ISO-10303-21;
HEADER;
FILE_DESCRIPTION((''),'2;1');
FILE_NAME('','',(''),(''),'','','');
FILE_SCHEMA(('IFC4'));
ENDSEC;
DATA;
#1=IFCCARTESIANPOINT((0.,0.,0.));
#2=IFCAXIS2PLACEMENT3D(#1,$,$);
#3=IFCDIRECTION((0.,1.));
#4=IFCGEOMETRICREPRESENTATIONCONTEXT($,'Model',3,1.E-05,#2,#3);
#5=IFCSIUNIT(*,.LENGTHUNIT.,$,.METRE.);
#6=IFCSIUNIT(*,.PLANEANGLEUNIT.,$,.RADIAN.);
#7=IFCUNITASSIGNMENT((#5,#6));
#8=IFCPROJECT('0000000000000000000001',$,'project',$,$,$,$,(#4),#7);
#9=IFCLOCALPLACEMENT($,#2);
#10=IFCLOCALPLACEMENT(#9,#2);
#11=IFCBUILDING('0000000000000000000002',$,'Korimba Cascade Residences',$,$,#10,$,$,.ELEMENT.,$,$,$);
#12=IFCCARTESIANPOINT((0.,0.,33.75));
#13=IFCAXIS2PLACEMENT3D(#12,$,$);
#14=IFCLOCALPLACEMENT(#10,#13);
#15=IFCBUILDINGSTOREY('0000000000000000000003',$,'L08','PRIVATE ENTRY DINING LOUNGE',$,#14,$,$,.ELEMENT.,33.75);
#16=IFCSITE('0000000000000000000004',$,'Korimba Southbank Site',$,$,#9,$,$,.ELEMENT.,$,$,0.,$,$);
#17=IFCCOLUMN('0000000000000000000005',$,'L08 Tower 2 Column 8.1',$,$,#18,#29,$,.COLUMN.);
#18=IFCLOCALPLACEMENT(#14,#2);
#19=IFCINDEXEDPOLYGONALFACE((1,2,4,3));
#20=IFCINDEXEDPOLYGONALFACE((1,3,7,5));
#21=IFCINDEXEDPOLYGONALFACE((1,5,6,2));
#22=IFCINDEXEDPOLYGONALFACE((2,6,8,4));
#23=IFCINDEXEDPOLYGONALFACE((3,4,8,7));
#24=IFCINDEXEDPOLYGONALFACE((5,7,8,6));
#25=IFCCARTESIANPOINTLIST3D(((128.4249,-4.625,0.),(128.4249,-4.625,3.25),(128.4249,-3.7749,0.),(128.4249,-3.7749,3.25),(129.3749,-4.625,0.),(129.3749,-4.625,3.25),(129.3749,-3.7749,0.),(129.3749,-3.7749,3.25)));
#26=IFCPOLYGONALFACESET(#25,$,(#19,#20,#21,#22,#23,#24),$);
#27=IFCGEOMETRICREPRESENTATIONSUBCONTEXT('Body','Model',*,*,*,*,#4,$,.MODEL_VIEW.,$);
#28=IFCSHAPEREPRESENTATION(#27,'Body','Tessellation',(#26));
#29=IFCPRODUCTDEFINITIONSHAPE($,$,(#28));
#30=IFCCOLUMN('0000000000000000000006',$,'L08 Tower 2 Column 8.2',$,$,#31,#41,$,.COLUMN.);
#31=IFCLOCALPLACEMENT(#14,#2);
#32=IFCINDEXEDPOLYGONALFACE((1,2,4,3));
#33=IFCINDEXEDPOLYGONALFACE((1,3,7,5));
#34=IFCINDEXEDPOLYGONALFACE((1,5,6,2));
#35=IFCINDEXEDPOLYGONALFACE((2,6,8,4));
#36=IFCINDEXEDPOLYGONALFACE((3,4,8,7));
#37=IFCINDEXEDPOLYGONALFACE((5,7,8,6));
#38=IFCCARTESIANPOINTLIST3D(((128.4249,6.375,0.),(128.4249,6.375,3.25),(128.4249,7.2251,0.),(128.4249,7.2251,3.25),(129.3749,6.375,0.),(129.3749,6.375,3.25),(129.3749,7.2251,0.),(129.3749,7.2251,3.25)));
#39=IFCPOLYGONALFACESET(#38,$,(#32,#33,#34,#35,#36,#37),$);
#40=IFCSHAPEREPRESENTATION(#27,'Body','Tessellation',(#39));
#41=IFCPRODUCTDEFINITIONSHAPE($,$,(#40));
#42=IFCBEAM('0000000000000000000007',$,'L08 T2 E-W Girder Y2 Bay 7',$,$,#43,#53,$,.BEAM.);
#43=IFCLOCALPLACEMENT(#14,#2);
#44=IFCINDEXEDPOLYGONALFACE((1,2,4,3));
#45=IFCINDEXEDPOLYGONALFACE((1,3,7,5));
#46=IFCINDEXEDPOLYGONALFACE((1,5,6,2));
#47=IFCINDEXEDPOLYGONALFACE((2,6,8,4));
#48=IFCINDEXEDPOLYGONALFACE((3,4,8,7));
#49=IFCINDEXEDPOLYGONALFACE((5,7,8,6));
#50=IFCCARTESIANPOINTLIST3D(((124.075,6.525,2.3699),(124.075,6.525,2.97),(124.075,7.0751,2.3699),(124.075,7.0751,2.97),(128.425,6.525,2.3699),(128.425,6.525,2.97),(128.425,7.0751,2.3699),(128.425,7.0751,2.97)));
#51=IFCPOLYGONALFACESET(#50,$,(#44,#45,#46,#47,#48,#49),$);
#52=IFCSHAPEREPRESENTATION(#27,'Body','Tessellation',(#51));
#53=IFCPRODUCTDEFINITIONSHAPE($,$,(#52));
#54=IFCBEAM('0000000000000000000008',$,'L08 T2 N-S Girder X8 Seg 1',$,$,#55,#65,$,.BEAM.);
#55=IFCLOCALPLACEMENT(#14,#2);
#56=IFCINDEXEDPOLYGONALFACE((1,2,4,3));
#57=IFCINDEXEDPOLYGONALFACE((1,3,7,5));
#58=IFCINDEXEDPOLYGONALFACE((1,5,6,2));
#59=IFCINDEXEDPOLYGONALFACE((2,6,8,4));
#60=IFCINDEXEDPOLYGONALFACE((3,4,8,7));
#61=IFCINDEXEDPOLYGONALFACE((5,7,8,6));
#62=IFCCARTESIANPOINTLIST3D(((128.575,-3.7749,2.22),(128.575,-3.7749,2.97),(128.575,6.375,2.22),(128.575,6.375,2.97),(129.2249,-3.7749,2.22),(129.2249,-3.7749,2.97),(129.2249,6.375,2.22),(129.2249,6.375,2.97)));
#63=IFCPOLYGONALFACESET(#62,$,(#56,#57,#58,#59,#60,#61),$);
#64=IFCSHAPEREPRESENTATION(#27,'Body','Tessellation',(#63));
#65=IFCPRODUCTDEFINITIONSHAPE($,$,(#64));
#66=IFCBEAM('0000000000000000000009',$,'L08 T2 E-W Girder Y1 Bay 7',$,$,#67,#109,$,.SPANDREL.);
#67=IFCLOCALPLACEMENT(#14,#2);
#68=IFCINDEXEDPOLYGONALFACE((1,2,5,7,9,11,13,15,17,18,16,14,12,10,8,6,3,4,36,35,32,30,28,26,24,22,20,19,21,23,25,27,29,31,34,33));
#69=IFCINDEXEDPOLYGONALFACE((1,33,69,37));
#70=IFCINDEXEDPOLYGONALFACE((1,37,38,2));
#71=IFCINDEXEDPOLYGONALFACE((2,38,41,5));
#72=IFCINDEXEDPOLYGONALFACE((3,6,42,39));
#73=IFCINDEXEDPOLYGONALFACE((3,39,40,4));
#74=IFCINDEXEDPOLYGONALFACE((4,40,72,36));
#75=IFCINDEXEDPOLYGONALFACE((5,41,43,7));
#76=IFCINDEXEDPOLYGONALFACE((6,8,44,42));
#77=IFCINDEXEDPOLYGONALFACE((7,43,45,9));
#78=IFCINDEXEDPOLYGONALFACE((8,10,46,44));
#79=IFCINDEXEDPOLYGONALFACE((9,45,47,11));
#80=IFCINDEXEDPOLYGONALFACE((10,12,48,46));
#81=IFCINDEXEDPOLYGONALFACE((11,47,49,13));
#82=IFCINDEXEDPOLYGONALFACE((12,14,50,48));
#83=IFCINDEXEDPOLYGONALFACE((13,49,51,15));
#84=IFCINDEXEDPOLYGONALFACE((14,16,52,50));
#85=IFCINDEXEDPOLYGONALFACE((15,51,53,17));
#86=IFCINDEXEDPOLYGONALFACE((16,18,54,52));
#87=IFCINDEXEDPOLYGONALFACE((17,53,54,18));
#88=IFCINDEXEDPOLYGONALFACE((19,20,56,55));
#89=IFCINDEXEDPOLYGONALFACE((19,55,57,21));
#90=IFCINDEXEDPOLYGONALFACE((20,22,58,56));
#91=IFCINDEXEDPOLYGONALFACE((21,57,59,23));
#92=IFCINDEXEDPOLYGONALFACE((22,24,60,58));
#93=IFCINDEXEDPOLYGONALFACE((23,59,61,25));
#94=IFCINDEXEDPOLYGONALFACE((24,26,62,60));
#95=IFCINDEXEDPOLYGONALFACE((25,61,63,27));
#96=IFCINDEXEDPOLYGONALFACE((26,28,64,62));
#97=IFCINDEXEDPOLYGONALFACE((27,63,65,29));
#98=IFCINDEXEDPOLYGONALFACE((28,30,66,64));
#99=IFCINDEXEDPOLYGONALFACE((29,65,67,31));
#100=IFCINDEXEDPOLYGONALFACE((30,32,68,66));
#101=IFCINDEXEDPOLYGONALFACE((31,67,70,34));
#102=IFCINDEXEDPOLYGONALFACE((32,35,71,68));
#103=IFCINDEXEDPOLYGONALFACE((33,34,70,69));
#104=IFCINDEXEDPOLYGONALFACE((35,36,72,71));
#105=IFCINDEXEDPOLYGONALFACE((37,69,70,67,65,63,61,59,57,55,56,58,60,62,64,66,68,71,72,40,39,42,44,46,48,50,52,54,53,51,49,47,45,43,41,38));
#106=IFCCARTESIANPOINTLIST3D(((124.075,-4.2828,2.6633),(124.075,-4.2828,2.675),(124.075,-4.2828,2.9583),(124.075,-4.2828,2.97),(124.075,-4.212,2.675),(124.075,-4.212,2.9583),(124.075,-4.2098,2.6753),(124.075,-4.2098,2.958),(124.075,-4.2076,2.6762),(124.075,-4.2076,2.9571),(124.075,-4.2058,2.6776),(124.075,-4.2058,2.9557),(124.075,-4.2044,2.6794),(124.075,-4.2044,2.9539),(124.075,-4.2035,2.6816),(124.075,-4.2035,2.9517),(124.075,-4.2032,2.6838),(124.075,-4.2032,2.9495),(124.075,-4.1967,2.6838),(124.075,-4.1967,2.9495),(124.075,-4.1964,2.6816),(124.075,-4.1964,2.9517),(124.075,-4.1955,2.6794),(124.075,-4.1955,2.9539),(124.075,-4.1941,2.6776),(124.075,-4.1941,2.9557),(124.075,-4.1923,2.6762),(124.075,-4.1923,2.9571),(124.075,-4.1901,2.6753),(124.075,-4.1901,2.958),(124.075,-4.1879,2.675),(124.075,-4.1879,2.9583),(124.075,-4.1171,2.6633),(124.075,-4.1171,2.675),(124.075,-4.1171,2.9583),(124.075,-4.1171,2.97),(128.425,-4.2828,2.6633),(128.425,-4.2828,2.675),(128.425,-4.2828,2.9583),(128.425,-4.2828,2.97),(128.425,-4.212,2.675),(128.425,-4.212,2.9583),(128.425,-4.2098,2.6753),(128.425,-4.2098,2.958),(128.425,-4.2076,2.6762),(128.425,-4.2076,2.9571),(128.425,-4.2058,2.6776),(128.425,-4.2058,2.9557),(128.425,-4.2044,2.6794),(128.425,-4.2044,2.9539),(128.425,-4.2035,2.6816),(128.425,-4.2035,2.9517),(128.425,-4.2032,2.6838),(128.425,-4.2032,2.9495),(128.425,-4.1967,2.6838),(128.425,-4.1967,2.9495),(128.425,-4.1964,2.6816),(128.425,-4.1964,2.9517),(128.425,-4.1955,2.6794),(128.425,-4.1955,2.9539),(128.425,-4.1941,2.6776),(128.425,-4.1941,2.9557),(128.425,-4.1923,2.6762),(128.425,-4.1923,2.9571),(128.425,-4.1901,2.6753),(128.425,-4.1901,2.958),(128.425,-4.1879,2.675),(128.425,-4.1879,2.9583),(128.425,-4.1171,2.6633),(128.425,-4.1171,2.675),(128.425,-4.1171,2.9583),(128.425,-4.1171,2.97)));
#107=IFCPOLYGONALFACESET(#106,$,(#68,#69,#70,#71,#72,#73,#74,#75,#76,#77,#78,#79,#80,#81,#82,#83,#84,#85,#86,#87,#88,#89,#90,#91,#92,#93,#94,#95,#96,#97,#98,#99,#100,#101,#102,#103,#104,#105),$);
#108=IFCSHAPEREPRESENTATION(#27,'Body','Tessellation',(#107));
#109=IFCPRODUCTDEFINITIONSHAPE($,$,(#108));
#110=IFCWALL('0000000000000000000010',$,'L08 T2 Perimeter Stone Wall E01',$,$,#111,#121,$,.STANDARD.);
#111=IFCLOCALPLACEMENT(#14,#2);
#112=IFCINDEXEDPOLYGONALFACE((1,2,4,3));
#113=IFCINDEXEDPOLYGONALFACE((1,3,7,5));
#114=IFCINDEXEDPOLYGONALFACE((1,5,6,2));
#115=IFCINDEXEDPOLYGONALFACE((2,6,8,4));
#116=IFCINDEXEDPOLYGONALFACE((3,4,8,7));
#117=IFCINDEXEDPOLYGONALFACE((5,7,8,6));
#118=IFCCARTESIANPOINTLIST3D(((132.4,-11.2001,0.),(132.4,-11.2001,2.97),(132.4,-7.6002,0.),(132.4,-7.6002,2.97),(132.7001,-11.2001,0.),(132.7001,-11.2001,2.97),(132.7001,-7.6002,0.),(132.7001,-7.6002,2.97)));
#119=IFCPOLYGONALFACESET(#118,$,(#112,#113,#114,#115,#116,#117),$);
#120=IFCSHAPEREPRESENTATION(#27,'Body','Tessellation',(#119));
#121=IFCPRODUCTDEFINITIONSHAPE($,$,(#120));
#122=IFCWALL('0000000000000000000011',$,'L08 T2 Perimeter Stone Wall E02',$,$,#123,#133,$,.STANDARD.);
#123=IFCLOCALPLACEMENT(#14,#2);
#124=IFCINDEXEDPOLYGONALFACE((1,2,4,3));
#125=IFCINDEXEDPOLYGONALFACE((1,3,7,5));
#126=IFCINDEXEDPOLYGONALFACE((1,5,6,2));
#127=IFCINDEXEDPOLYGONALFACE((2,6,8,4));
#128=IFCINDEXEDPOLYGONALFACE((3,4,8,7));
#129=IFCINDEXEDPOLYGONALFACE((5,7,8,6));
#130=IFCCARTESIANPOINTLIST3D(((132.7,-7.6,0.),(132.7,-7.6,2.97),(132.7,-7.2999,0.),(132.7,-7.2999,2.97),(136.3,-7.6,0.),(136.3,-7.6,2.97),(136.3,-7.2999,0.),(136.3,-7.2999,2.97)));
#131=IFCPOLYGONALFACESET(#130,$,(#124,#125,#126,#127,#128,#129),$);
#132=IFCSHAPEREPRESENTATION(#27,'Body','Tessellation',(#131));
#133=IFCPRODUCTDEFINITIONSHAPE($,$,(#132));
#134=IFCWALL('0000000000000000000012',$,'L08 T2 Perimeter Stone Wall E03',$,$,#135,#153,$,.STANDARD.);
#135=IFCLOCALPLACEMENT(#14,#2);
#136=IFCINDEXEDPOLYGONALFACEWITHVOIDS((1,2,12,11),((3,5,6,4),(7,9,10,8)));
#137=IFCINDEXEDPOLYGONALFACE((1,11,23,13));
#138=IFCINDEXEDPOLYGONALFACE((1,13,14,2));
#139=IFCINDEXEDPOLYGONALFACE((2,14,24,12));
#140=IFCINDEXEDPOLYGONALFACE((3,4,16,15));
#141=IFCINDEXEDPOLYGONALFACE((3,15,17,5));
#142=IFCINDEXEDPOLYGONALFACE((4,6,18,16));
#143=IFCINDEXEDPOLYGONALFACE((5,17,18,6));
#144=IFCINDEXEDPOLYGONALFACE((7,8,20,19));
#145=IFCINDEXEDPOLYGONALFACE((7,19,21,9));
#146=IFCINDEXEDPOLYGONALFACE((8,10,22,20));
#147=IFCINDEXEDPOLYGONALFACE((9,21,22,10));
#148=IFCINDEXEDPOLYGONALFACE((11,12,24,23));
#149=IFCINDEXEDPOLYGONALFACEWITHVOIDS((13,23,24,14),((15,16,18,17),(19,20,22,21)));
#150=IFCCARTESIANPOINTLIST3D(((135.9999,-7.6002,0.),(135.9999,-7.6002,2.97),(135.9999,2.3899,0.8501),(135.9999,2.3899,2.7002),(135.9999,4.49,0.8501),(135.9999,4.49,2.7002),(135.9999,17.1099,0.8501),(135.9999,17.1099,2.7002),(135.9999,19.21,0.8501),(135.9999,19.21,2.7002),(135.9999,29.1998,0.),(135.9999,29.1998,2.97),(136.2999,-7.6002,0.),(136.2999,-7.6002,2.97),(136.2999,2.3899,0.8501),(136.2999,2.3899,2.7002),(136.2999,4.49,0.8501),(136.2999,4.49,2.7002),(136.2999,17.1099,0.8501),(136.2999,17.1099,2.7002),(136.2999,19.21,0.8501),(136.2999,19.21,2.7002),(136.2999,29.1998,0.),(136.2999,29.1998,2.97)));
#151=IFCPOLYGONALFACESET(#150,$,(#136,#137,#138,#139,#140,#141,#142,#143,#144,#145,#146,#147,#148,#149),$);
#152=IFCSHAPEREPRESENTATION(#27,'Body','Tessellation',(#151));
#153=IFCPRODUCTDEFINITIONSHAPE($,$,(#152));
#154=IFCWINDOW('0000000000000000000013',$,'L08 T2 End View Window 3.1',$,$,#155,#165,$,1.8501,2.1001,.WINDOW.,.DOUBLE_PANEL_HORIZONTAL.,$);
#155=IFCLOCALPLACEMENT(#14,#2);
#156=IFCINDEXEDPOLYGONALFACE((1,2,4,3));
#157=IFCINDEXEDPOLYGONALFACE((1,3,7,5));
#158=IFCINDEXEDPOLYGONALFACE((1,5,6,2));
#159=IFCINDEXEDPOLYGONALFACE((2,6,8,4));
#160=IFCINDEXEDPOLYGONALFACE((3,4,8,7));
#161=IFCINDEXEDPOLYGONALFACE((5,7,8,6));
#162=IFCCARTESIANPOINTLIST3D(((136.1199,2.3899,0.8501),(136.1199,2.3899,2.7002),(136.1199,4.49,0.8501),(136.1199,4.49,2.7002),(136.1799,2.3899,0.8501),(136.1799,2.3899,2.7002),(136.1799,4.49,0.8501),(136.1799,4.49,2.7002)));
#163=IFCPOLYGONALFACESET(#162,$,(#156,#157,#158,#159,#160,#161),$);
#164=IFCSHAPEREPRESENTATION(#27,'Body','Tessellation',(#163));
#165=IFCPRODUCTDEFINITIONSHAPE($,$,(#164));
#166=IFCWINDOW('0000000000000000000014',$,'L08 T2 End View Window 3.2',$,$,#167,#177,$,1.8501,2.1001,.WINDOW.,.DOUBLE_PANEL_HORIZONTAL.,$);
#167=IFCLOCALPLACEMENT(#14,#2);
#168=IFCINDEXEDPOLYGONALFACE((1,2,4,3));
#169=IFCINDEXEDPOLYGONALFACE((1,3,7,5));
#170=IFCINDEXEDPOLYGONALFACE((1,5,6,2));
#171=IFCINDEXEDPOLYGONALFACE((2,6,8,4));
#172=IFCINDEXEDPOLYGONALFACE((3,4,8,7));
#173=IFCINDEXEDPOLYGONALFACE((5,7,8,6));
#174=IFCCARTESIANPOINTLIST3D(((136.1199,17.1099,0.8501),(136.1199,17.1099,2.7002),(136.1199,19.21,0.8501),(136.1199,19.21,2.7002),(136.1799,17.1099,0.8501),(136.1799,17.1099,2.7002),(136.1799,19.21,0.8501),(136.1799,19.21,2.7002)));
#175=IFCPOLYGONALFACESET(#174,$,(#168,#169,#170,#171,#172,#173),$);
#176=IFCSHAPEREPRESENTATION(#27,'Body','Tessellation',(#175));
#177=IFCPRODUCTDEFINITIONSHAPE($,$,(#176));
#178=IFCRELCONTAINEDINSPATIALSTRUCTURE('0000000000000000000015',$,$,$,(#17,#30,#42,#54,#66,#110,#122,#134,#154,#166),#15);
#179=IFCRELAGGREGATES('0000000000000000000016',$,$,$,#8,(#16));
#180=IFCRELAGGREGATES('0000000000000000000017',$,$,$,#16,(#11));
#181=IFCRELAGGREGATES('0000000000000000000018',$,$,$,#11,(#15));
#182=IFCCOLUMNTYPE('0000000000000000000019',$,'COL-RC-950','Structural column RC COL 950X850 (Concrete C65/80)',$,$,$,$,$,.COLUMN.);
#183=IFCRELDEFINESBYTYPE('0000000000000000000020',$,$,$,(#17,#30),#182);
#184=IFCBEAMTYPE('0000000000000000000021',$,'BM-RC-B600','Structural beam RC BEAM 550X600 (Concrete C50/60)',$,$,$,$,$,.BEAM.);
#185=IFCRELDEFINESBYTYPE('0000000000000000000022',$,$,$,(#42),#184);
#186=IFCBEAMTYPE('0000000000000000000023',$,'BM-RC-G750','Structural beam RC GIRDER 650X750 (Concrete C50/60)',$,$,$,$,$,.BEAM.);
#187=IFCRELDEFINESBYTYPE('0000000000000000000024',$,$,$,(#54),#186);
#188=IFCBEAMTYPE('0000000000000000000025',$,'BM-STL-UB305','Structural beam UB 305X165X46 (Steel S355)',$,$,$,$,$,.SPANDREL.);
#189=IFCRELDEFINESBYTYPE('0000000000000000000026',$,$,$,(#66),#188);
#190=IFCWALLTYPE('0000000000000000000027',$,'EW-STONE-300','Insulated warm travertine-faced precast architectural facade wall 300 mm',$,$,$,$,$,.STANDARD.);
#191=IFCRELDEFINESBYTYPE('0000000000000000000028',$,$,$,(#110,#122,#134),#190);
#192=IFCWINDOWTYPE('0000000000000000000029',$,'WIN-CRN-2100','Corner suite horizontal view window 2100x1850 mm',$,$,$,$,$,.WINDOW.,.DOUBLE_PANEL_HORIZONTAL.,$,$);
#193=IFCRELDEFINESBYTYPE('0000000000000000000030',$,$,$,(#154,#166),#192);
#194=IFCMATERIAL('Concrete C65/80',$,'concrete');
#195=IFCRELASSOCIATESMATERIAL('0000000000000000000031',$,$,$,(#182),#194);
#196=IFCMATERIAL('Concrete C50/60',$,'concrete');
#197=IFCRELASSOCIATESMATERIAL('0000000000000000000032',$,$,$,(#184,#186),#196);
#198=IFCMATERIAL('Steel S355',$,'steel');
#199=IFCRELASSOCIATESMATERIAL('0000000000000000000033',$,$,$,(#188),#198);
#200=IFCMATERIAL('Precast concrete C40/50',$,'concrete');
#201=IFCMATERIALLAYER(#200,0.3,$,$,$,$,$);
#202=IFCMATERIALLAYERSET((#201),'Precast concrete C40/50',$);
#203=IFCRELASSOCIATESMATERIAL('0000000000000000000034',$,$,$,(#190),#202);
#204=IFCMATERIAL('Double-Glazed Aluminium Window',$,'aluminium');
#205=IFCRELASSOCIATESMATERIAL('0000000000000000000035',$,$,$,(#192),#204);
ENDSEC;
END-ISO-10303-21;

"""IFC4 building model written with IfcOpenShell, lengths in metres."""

from ifc_helpers import new_model, si_unit, direction, frame, frame_2d, origin, origin_2d, place, context, subcontext, project, spatial, rectangle, i_section, extrude, material, layer, layer_set, material_profile, profile_set, type_object, element, fill, save


model = new_model("IFC4")

# Units and contexts
model_context = context("Model", 3, precision=1e-05, world=origin(), true_north=direction((0.0, 1.0)))
body_context = subcontext(model_context, "Body", "Model", "MODEL_VIEW")
ifc_project = project(units=[si_unit("LENGTHUNIT", "METRE"), si_unit("PLANEANGLEUNIT", "RADIAN")], contexts=[model_context])

# Site, building, storey
site_placement = place(None, origin())
site = spatial("IfcSite", under=ifc_project, at=site_placement, Name="Korimba Southbank Site", CompositionType="ELEMENT", RefElevation=0.0)
building_placement = place(site_placement, origin())
building = spatial("IfcBuilding", under=site, at=building_placement, Name="Korimba Cascade Residences", CompositionType="ELEMENT")
storey_placement = place(building_placement, frame((0.0, 0.0, 33.75)))
storey = spatial("IfcBuildingStorey", under=building, at=storey_placement, Name="L08", Description="PRIVATE ENTRY DINING LOUNGE", CompositionType="ELEMENT", Elevation=33.75)

# Columns
ifc_material_1 = material(Name="Concrete C65/80", Category="concrete")
ifc_material_profile_1 = material_profile(ifc_material_1, rectangle(XDim=0.95, YDim=0.8501, at=origin_2d()), Name="Concrete C65/80")
ifc_profile_set_1 = profile_set([ifc_material_profile_1], Name="Concrete C65/80")
column_type = type_object("IfcColumnType", Name="COL-RC-950", Description="Structural column RC COL 950X850 (Concrete C65/80)", PredefinedType="COLUMN", material=ifc_profile_set_1)
for number, where, z_axis, x_axis, name in (
    (1, (128.8999, -4.2, 0.0), (0.0, 0.0, 1.0), (1.0, 0.0, 0.0), "L08 Tower 2 Column 8.1"),
    (2, (128.8999, 6.8, 0.0), (0.0, 0.0, 1.0), (1.0, 0.0, 0.0), "L08 Tower 2 Column 8.2"),
):
    element("IfcColumn", number, at=place(storey_placement, frame(where, z_axis=z_axis, x_axis=x_axis)), inside=storey, type_object=column_type, Name=name, PredefinedType="COLUMN", context=body_context, shape_type="SweptSolid", body=[
        extrude(rectangle(XDim=0.95, YDim=0.8501, at=origin_2d()), origin(), (0.0, 0.0, 1.0), 3.25),
    ])

# Beams
ifc_material_2 = material(Name="Concrete C50/60", Category="concrete")
ifc_material_profile_2 = material_profile(ifc_material_2, rectangle(XDim=0.55, YDim=0.6001, at=origin_2d()), Name="Concrete C50/60")
ifc_profile_set_2 = profile_set([ifc_material_profile_2], Name="Concrete C50/60")
beam_type_1 = type_object("IfcBeamType", Name="BM-RC-B600", Description="Structural beam RC BEAM 550X600 (Concrete C50/60)", PredefinedType="BEAM", material=ifc_profile_set_2)
beam_1_placement = place(storey_placement, frame((124.075, 6.8, 2.6699), z_axis=(1.0, 0.0, 0.0), x_axis=(0.0, 1.0, 0.0)))
element("IfcBeam", 3, at=beam_1_placement, inside=storey, type_object=beam_type_1, Name="L08 T2 E-W Girder Y2 Bay 7", PredefinedType="BEAM", context=body_context, shape_type="SweptSolid", body=[
    extrude(rectangle(XDim=0.55, YDim=0.6001, at=origin_2d()), origin(), (0.0, 0.0, 1.0), 4.3501),
])
ifc_material_profile_3 = material_profile(ifc_material_2, rectangle(XDim=0.6499, YDim=0.75, at=origin_2d()), Name="Concrete C50/60")
ifc_profile_set_3 = profile_set([ifc_material_profile_3], Name="Concrete C50/60")
beam_type_2 = type_object("IfcBeamType", Name="BM-RC-G750", Description="Structural beam RC GIRDER 650X750 (Concrete C50/60)", PredefinedType="BEAM", material=ifc_profile_set_3)
beam_2_placement = place(storey_placement, frame((128.8999, -3.7749, 2.595), z_axis=(0.0, 1.0, 0.0), x_axis=(-1.0, 0.0, 0.0)))
element("IfcBeam", 4, at=beam_2_placement, inside=storey, type_object=beam_type_2, Name="L08 T2 N-S Girder X8 Seg 1", PredefinedType="BEAM", context=body_context, shape_type="SweptSolid", body=[
    extrude(rectangle(XDim=0.6499, YDim=0.75, at=origin_2d()), origin(), (0.0, 0.0, 1.0), 10.1499),
])
ifc_material_3 = material(Name="Steel S355", Category="steel")
ifc_material_profile_4 = material_profile(ifc_material_3, i_section(OverallWidth=0.1658, OverallDepth=0.3066, WebThickness=0.0066, FlangeThickness=0.0117, FilletRadius=0.0088, at=origin_2d()), Name="Steel S355")
ifc_profile_set_4 = profile_set([ifc_material_profile_4], Name="Steel S355")
beam_type_3 = type_object("IfcBeamType", Name="BM-STL-UB305", Description="Structural beam UB 305X165X46 (Steel S355)", PredefinedType="SPANDREL", material=ifc_profile_set_4)
beam_3_placement = place(storey_placement, frame((124.075, -4.2, 2.8167), z_axis=(1.0, 0.0, 0.0), x_axis=(0.0, 1.0, 0.0)))
element("IfcBeam", 5, at=beam_3_placement, inside=storey, type_object=beam_type_3, Name="L08 T2 E-W Girder Y1 Bay 7", PredefinedType="SPANDREL", context=body_context, shape_type="SweptSolid", body=[
    extrude(i_section(OverallWidth=0.1658, OverallDepth=0.3066, WebThickness=0.0066, FlangeThickness=0.0117, FilletRadius=0.0088, at=origin_2d()), origin(), (0.0, 0.0, 1.0), 4.3501),
])

# Walls
ifc_material_4 = material(Name="Precast concrete C40/50", Category="concrete")
ifc_layer_1 = layer(ifc_material_4, 0.3)
ifc_layer_set_1 = layer_set([ifc_layer_1], Name="Precast concrete C40/50")
wall_type_1 = type_object("IfcWallType", Name="EW-STONE-300", Description="Insulated warm travertine-faced precast architectural facade wall 300 mm", PredefinedType="STANDARD", material=ifc_layer_set_1)
wall_1_placement = place(storey_placement, frame((132.55, -11.2, 0.0), z_axis=(0.0, 0.0, 1.0), x_axis=(0.0, 1.0, 0.0)))
element("IfcWall", 6, at=wall_1_placement, inside=storey, type_object=wall_type_1, Name="L08 T2 Perimeter Stone Wall E01", PredefinedType="STANDARD", context=body_context, shape_type="SweptSolid", body=[
    extrude(rectangle(XDim=3.5999, YDim=0.3, at=frame_2d((1.7998, 0.0))), origin(), (0.0, 0.0, 1.0), 2.97),
])
wall_2_placement = place(storey_placement, frame((132.7, -7.45, 0.0), z_axis=(0.0, 0.0, 1.0), x_axis=(1.0, 0.0, 0.0)))
element("IfcWall", 7, at=wall_2_placement, inside=storey, type_object=wall_type_1, Name="L08 T2 Perimeter Stone Wall E02", PredefinedType="STANDARD", context=body_context, shape_type="SweptSolid", body=[
    extrude(rectangle(XDim=3.6001, YDim=0.3, at=frame_2d((1.8, 0.0))), origin(), (0.0, 0.0, 1.0), 2.97),
])

# Wall, openings, windows
wall_3_placement = place(storey_placement, frame((136.1499, -7.6001, 0.0), z_axis=(0.0, 0.0, 1.0), x_axis=(0.0, 1.0, 0.0)))
wall_3 = element("IfcWall", 8, at=wall_3_placement, inside=storey, type_object=wall_type_1, Name="L08 T2 Perimeter Stone Wall E03", PredefinedType="STANDARD", context=body_context, shape_type="SweptSolid", body=[
    extrude(rectangle(XDim=36.8, YDim=0.3, at=frame_2d((18.3999, 0.0))), origin(), (0.0, 0.0, 1.0), 2.97),
])
opening_1_placement = place(wall_3_placement, frame((9.99, 0.0, 0.8501)))
opening_1 = element("IfcOpeningElement", 9, at=opening_1_placement, cuts=wall_3, PredefinedType="OPENING", context=body_context, shape_type="SweptSolid", body=[
    extrude(rectangle(XDim=2.1001, YDim=1.8501, at=frame_2d((1.05, 0.925))), frame((0.0, 0.1602, 0.0), z_axis=(0.0, -1.0, 0.0), x_axis=(1.0, 0.0, 0.0)), (0.0, 0.0, 1.0), 0.3201),
])
opening_2_placement = place(wall_3_placement, frame((24.71, 0.0, 0.8501)))
opening_2 = element("IfcOpeningElement", 10, at=opening_2_placement, cuts=wall_3, PredefinedType="OPENING", context=body_context, shape_type="SweptSolid", body=[
    extrude(rectangle(XDim=2.1001, YDim=1.8501, at=frame_2d((1.05, 0.925))), frame((0.0, 0.1602, 0.0), z_axis=(0.0, -1.0, 0.0), x_axis=(1.0, 0.0, 0.0)), (0.0, 0.0, 1.0), 0.3201),
])
ifc_material_5 = material(Name="Double-Glazed Aluminium Window", Category="aluminium")
window_type = type_object("IfcWindowType", Name="WIN-CRN-2100", Description="Corner suite horizontal view window 2100x1850 mm", PartitioningType="DOUBLE_PANEL_HORIZONTAL", PredefinedType="WINDOW", material=ifc_material_5)
window_1_placement = place(opening_1_placement, origin())
window_1 = element("IfcWindow", 11, at=window_1_placement, inside=storey, type_object=window_type, Name="L08 T2 End View Window 3.1", OverallHeight=1.8501, OverallWidth=2.1001, PartitioningType="DOUBLE_PANEL_HORIZONTAL", PredefinedType="WINDOW", context=body_context, shape_type="SweptSolid", body=[
    extrude(rectangle(XDim=2.1001, YDim=1.8501, at=frame_2d((1.05, 0.925))), frame((0.0, 0.03, 0.0), z_axis=(0.0, -1.0, 0.0), x_axis=(1.0, 0.0, 0.0)), (0.0, 0.0, 1.0), 0.0601),
])
fill(opening_1, window_1)
window_2_placement = place(opening_2_placement, origin())
window_2 = element("IfcWindow", 12, at=window_2_placement, inside=storey, type_object=window_type, Name="L08 T2 End View Window 3.2", OverallHeight=1.8501, OverallWidth=2.1001, PartitioningType="DOUBLE_PANEL_HORIZONTAL", PredefinedType="WINDOW", context=body_context, shape_type="SweptSolid", body=[
    extrude(rectangle(XDim=2.1001, YDim=1.8501, at=frame_2d((1.05, 0.925))), frame((0.0, 0.03, 0.0), z_axis=(0.0, -1.0, 0.0), x_axis=(1.0, 0.0, 0.0)), (0.0, 0.0, 1.0), 0.0601),
])
fill(opening_2, window_2)

save(model, "model.ifc")
